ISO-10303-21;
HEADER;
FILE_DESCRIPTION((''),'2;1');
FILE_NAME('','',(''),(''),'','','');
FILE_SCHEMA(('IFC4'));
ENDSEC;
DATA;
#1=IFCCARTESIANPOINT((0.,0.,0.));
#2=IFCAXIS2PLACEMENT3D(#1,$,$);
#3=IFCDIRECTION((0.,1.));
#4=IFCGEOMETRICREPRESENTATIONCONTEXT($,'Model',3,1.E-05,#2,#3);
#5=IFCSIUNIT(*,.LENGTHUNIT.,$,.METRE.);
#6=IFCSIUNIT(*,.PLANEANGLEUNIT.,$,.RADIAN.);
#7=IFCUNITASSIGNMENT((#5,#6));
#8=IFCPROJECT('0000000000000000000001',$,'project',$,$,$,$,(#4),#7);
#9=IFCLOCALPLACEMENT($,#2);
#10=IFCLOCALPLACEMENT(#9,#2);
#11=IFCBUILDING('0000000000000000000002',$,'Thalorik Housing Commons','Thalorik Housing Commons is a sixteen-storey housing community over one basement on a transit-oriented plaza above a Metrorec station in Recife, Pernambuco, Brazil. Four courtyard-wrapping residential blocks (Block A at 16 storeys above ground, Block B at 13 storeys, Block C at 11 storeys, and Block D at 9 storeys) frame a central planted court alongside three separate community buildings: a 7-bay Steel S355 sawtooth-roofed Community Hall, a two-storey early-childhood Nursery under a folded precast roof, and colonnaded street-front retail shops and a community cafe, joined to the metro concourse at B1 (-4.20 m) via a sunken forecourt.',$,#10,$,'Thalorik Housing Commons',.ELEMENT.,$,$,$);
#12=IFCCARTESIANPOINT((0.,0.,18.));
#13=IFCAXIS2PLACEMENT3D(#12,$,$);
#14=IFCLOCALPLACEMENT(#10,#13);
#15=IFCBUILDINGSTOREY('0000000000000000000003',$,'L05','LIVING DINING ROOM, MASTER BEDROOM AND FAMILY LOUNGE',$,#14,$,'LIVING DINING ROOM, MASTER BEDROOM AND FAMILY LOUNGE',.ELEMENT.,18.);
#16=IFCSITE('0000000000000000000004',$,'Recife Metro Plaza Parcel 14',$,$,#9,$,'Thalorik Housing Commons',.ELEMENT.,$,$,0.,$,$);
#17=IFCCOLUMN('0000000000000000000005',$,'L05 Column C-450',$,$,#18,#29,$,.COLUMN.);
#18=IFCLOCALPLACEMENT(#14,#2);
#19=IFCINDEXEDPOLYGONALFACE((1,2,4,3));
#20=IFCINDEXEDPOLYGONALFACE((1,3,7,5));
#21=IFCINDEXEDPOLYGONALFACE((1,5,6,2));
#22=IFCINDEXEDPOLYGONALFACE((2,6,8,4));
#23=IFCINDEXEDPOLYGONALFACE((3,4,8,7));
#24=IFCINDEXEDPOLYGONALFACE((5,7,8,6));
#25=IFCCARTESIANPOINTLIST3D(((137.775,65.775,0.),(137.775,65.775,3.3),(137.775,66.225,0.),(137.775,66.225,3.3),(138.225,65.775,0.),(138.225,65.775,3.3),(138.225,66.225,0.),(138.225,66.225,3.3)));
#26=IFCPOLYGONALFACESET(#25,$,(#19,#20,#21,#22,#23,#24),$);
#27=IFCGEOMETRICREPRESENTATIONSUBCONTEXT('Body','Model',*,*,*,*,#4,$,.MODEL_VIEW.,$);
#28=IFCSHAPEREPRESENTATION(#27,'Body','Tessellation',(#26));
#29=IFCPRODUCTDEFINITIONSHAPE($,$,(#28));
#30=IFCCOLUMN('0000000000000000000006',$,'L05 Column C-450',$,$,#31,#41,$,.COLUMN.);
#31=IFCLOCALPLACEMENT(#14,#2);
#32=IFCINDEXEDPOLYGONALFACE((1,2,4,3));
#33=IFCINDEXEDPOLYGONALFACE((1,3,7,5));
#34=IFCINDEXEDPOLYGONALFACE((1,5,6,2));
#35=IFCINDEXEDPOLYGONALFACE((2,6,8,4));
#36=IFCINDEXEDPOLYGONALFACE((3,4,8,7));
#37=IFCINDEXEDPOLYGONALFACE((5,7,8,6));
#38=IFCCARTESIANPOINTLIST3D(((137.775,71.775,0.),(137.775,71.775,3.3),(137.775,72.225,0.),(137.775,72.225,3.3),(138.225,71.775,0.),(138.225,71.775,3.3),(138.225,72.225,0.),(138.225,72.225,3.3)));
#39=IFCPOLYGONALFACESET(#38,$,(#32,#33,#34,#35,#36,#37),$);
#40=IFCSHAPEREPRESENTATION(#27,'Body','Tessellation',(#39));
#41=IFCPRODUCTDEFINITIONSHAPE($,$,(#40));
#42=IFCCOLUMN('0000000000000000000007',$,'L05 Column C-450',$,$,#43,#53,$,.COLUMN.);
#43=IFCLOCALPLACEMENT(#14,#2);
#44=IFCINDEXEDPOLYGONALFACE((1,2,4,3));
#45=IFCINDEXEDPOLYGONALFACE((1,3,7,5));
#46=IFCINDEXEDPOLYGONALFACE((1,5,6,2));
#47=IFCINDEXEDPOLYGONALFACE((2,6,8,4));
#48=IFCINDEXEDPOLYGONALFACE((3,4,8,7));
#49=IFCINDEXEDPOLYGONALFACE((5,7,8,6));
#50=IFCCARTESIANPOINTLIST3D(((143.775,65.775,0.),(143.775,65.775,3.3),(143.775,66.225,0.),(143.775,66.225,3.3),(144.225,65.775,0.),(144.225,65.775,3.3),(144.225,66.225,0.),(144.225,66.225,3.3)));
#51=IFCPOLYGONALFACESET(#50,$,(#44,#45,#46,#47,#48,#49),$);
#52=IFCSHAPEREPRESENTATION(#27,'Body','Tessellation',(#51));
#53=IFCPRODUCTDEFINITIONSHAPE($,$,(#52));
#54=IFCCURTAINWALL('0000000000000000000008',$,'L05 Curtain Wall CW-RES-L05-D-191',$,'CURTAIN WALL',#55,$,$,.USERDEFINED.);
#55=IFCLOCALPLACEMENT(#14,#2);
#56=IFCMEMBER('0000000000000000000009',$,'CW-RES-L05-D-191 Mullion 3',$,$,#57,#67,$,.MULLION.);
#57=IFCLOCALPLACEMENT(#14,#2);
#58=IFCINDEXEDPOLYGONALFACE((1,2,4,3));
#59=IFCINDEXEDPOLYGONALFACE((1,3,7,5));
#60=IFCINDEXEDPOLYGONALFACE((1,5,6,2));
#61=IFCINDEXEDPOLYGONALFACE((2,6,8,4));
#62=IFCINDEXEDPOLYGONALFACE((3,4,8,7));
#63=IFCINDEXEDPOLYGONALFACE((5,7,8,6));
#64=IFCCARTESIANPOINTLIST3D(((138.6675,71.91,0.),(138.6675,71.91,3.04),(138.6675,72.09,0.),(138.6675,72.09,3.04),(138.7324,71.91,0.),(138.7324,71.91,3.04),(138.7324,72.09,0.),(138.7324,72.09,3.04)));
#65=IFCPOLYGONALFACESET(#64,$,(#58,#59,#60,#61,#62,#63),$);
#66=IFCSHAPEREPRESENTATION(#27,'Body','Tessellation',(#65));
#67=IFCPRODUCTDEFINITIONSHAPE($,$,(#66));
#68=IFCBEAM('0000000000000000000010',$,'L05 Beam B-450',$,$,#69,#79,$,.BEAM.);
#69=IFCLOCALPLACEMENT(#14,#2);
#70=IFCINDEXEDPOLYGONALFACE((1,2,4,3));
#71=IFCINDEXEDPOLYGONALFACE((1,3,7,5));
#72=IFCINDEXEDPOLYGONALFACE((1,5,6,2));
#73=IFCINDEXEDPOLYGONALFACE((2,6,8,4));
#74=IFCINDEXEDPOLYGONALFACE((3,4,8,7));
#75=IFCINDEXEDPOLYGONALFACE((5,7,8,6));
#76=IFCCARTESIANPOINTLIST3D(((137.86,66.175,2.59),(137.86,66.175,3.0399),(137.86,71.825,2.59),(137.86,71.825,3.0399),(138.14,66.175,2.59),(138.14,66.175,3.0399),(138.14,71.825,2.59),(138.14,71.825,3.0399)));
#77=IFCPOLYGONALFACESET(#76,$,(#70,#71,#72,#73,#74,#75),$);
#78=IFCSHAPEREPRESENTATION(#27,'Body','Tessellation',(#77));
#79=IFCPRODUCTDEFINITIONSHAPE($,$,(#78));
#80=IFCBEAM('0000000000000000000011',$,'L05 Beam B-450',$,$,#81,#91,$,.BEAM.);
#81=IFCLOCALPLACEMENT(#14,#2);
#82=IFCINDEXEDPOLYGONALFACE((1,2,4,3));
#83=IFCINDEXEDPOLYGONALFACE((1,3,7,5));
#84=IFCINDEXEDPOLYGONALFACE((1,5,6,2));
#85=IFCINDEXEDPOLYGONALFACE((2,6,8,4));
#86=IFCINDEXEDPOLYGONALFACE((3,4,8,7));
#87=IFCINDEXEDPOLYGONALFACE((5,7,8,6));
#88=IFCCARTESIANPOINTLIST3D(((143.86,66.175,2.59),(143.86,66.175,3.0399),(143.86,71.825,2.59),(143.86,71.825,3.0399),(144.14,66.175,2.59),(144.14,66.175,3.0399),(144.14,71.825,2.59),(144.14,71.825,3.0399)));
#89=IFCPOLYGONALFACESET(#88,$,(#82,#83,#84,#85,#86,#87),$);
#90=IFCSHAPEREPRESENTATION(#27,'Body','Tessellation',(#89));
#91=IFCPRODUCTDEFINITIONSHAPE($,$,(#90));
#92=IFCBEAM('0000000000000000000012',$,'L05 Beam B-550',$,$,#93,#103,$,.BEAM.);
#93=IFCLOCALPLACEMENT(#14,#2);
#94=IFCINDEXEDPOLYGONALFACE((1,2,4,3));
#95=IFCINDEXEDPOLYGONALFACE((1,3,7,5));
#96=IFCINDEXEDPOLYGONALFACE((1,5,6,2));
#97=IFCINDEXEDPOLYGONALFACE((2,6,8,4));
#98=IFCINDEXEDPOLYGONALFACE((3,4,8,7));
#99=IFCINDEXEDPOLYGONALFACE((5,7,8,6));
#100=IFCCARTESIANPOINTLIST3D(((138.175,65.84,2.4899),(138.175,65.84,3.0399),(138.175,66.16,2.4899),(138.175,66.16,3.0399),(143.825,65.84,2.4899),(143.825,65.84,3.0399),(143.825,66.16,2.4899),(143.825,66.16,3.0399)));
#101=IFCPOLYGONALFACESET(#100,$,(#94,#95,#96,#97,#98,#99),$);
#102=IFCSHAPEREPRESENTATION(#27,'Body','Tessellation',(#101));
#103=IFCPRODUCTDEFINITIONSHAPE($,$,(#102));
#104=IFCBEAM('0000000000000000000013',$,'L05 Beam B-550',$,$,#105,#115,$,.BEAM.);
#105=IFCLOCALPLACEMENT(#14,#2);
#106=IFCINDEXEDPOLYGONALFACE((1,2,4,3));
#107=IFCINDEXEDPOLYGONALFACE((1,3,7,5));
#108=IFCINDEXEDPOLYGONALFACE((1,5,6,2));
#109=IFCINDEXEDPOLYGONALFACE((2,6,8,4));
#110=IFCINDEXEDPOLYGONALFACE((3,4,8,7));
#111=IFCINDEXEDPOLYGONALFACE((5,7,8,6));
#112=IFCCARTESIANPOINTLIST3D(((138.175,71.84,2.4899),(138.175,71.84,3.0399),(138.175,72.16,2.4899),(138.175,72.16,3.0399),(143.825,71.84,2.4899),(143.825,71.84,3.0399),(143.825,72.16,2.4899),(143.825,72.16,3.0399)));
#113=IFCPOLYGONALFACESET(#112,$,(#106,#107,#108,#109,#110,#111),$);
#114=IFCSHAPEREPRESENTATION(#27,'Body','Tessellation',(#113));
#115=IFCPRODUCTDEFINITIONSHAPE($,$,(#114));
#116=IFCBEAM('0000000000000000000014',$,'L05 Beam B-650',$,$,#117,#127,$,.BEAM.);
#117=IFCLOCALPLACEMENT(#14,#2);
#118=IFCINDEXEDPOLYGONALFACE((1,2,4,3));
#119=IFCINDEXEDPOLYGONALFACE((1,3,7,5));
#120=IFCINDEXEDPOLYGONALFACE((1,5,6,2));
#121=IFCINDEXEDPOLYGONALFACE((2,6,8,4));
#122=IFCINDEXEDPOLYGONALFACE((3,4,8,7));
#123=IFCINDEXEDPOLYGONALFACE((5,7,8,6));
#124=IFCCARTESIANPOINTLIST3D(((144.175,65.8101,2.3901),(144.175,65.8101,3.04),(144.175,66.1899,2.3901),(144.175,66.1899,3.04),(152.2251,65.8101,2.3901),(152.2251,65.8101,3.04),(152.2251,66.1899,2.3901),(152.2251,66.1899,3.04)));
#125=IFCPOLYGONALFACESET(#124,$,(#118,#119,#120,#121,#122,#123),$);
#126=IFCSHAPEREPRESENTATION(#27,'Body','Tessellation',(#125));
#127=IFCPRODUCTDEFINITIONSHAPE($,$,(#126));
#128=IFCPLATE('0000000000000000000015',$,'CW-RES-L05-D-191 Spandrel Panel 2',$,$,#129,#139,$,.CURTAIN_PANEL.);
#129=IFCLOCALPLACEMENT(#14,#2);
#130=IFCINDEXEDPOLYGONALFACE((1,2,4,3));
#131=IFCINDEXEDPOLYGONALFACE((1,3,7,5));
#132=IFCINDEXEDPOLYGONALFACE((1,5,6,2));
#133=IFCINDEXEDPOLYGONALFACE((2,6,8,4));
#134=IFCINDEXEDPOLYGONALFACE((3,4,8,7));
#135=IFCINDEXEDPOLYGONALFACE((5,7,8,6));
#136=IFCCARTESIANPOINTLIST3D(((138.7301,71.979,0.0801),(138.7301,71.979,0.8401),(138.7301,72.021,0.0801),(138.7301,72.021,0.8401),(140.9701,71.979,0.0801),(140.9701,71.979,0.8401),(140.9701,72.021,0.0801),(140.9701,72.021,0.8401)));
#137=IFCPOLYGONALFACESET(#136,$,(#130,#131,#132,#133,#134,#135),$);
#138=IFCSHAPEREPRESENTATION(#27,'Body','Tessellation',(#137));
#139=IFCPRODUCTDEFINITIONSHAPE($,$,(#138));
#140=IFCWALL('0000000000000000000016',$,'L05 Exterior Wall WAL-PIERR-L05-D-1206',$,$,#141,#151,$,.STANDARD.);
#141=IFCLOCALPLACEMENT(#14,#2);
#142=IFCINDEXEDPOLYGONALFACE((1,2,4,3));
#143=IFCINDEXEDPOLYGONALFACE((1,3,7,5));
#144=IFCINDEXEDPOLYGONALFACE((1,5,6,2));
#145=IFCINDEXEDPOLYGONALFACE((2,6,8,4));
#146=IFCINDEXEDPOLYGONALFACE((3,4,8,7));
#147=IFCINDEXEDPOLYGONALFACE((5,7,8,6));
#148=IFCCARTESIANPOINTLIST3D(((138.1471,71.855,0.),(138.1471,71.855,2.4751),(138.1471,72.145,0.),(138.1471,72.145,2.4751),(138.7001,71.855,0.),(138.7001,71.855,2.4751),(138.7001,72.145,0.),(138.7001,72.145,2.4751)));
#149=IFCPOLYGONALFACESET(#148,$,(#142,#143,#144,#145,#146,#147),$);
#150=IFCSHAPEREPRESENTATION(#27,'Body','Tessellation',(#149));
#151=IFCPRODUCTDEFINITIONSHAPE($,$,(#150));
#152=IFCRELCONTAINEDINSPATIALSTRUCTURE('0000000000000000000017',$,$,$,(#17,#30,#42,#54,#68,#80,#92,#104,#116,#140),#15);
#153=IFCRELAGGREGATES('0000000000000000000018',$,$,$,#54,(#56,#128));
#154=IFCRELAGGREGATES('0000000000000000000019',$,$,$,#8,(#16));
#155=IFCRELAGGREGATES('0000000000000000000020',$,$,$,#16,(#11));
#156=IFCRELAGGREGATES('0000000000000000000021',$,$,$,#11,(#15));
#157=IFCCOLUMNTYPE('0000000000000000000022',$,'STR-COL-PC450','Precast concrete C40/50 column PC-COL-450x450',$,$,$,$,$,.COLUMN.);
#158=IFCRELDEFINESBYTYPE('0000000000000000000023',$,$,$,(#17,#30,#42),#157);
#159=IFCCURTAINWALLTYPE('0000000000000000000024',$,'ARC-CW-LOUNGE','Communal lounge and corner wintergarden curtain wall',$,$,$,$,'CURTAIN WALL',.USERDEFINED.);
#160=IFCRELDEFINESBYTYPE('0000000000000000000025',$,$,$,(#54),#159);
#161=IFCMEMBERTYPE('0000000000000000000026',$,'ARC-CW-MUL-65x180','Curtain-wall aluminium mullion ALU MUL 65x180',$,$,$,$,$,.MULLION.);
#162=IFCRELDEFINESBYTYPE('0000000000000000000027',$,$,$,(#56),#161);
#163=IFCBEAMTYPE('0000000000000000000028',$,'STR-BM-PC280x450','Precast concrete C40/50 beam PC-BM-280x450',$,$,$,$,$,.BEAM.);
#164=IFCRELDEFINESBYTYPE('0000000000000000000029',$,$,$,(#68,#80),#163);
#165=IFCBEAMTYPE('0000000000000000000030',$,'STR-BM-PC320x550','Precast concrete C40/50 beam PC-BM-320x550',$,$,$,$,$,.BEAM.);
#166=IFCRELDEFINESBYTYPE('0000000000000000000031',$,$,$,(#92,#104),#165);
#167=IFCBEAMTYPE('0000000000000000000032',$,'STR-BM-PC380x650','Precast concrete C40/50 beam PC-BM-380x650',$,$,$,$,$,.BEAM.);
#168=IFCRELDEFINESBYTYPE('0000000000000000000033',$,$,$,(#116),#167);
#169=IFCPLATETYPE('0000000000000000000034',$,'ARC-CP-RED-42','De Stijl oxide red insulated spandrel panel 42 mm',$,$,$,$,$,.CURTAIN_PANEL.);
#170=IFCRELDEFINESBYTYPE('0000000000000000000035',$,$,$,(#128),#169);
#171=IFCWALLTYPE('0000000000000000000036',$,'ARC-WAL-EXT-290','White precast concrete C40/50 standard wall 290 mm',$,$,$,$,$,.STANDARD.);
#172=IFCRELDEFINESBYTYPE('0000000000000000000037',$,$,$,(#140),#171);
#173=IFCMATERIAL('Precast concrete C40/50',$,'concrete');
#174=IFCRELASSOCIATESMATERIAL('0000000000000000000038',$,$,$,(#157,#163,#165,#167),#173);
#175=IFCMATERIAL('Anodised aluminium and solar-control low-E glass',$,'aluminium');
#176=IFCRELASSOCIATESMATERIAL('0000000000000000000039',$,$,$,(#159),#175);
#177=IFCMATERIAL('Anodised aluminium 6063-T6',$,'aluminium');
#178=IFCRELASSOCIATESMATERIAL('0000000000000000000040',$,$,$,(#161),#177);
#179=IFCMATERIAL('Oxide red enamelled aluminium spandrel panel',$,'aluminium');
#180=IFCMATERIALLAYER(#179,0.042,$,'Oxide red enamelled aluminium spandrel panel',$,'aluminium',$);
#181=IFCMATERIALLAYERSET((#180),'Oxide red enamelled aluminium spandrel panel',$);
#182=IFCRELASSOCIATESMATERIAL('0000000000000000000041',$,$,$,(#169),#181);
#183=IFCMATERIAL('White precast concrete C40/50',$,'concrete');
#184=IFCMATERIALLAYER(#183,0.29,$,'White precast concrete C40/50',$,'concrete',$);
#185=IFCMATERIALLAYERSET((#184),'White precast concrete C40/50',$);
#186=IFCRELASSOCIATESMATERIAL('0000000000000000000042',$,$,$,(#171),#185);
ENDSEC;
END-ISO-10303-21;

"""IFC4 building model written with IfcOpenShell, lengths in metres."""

from ifc_helpers import new_model, si_unit, direction, frame, frame_2d, origin, origin_2d, place, context, subcontext, project, spatial, rectangle, extrude, material, layer, layer_set, material_profile, profile_set, type_object, element, aggregate, save


model = new_model("IFC4")

# Units and contexts
model_context = context("Model", 3, precision=1e-05, world=origin(), true_north=direction((0.0, 1.0)))
body_context = subcontext(model_context, "Body", "Model", "MODEL_VIEW")
ifc_project = project(units=[si_unit("LENGTHUNIT", "METRE"), si_unit("PLANEANGLEUNIT", "RADIAN")], contexts=[model_context])

# Site, building, storey
site_placement = place(None, origin())
site = spatial("IfcSite", under=ifc_project, at=site_placement, Name="Recife Metro Plaza Parcel 14", LongName="Thalorik Housing Commons", CompositionType="ELEMENT", RefElevation=0.0)
building_placement = place(site_placement, origin())
building = spatial("IfcBuilding", under=site, at=building_placement, Name="Thalorik Housing Commons", Description="Thalorik Housing Commons is a sixteen-storey housing community over one basement on a transit-oriented plaza above a Metrorec station in Recife, Pernambuco, Brazil. Four courtyard-wrapping residential blocks (Block A at 16 storeys above ground, Block B at 13 storeys, Block C at 11 storeys, and Block D at 9 storeys) frame a central planted court alongside three separate community buildings: a 7-bay Steel S355 sawtooth-roofed Community Hall, a two-storey early-childhood Nursery under a folded precast roof, and colonnaded street-front retail shops and a community cafe, joined to the metro concourse at B1 (-4.20 m) via a sunken forecourt.", LongName="Thalorik Housing Commons", CompositionType="ELEMENT")
storey_placement = place(building_placement, frame((0.0, 0.0, 18.0)))
storey = spatial("IfcBuildingStorey", under=building, at=storey_placement, Name="L05", Description="LIVING DINING ROOM, MASTER BEDROOM AND FAMILY LOUNGE", LongName="LIVING DINING ROOM, MASTER BEDROOM AND FAMILY LOUNGE", CompositionType="ELEMENT", Elevation=18.0)

# Columns
ifc_material_1 = material(Name="Precast concrete C40/50", Category="concrete")
ifc_material_profile_1 = material_profile(ifc_material_1, rectangle(XDim=0.45, YDim=0.45, at=origin_2d()), Name="PC 450x450", Category="concrete")
ifc_profile_set_1 = profile_set([ifc_material_profile_1], Name="Precast concrete C40/50")
column_type = type_object("IfcColumnType", Name="STR-COL-PC450", Description="Precast concrete C40/50 column PC-COL-450x450", PredefinedType="COLUMN", material=ifc_profile_set_1)
for number, where, z_axis, x_axis, name in (
    (1, (138.0, 66.0, 0.0), (0.0, 0.0, 1.0), (1.0, 0.0, 0.0), "L05 Column C-450"),
    (2, (138.0, 72.0, 0.0), (0.0, 0.0, 1.0), (1.0, 0.0, 0.0), "L05 Column C-450"),
    (3, (144.0, 66.0, 0.0), (0.0, 0.0, 1.0), (1.0, 0.0, 0.0), "L05 Column C-450"),
):
    element("IfcColumn", number, at=place(storey_placement, frame(where, z_axis=z_axis, x_axis=x_axis)), inside=storey, type_object=column_type, Name=name, PredefinedType="COLUMN", context=body_context, shape_type="SweptSolid", body=[
        extrude(rectangle(XDim=0.45, YDim=0.45, at=origin_2d()), origin(), (0.0, 0.0, 1.0), 3.3),
    ])

# Curtain wall, member
ifc_material_2 = material(Name="Anodised aluminium and solar-control low-E glass", Category="aluminium")
curtain_wall_type = type_object("IfcCurtainWallType", Name="ARC-CW-LOUNGE", Description="Communal lounge and corner wintergarden curtain wall", ElementType="CURTAIN WALL", PredefinedType="USERDEFINED", material=ifc_material_2)
curtain_wall_placement = place(storey_placement, origin())
curtain_wall = element("IfcCurtainWall", 4, at=curtain_wall_placement, inside=storey, type_object=curtain_wall_type, Name="L05 Curtain Wall CW-RES-L05-D-191", ObjectType="CURTAIN WALL", PredefinedType="USERDEFINED")
ifc_material_3 = material(Name="Anodised aluminium 6063-T6", Category="aluminium")
ifc_material_profile_2 = material_profile(ifc_material_3, rectangle(XDim=0.0649, YDim=0.1799, at=origin_2d()), Name="ALU MUL 65x180", Category="aluminium")
ifc_profile_set_2 = profile_set([ifc_material_profile_2], Name="Anodised aluminium 6063-T6")
member_type = type_object("IfcMemberType", Name="ARC-CW-MUL-65x180", Description="Curtain-wall aluminium mullion ALU MUL 65x180", PredefinedType="MULLION", material=ifc_profile_set_2)
member_placement = place(storey_placement, frame((138.7, 72.0, 0.0), z_axis=(0.0, 0.0, 1.0), x_axis=(-1.0, 0.0, 0.0)))
member = element("IfcMember", 5, at=member_placement, type_object=member_type, Name="CW-RES-L05-D-191 Mullion 3", PredefinedType="MULLION", context=body_context, shape_type="SweptSolid", body=[
    extrude(rectangle(XDim=0.0649, YDim=0.1799, at=origin_2d()), origin(), (0.0, 0.0, 1.0), 3.04),
])

# Beams
ifc_material_profile_3 = material_profile(ifc_material_1, rectangle(XDim=0.28, YDim=0.45, at=origin_2d()), Name="PC 280x450", Category="concrete")
ifc_profile_set_3 = profile_set([ifc_material_profile_3], Name="Precast concrete C40/50")
beam_type_1 = type_object("IfcBeamType", Name="STR-BM-PC280x450", Description="Precast concrete C40/50 beam PC-BM-280x450", PredefinedType="BEAM", material=ifc_profile_set_3)
for number, where, z_axis, x_axis, name in (
    (6, (138.0, 66.175, 2.8149), (0.0, 1.0, 0.0), (-1.0, 0.0, 0.0), "L05 Beam B-450"),
    (7, (144.0, 66.175, 2.8149), (0.0, 1.0, 0.0), (-1.0, 0.0, 0.0), "L05 Beam B-450"),
):
    element("IfcBeam", number, at=place(storey_placement, frame(where, z_axis=z_axis, x_axis=x_axis)), inside=storey, type_object=beam_type_1, Name=name, PredefinedType="BEAM", context=body_context, shape_type="SweptSolid", body=[
        extrude(rectangle(XDim=0.28, YDim=0.45, at=origin_2d()), origin(), (0.0, 0.0, 1.0), 5.6499),
    ])
ifc_material_profile_4 = material_profile(ifc_material_1, rectangle(XDim=0.3201, YDim=0.55, at=origin_2d()), Name="PC 320x550", Category="concrete")
ifc_profile_set_4 = profile_set([ifc_material_profile_4], Name="Precast concrete C40/50")
beam_type_2 = type_object("IfcBeamType", Name="STR-BM-PC320x550", Description="Precast concrete C40/50 beam PC-BM-320x550", PredefinedType="BEAM", material=ifc_profile_set_4)
for number, where, z_axis, x_axis, name in (
    (8, (138.175, 66.0, 2.7649), (1.0, 0.0, 0.0), (0.0, 1.0, 0.0), "L05 Beam B-550"),
    (9, (138.175, 72.0, 2.7649), (1.0, 0.0, 0.0), (0.0, 1.0, 0.0), "L05 Beam B-550"),
):
    element("IfcBeam", number, at=place(storey_placement, frame(where, z_axis=z_axis, x_axis=x_axis)), inside=storey, type_object=beam_type_2, Name=name, PredefinedType="BEAM", context=body_context, shape_type="SweptSolid", body=[
        extrude(rectangle(XDim=0.3201, YDim=0.55, at=origin_2d()), origin(), (0.0, 0.0, 1.0), 5.6499),
    ])
ifc_material_profile_5 = material_profile(ifc_material_1, rectangle(XDim=0.3799, YDim=0.6499, at=origin_2d()), Name="PC 380x650", Category="concrete")
ifc_profile_set_5 = profile_set([ifc_material_profile_5], Name="Precast concrete C40/50")
beam_type_3 = type_object("IfcBeamType", Name="STR-BM-PC380x650", Description="Precast concrete C40/50 beam PC-BM-380x650", PredefinedType="BEAM", material=ifc_profile_set_5)
beam_placement = place(storey_placement, frame((144.175, 66.0, 2.7151), z_axis=(1.0, 0.0, 0.0), x_axis=(0.0, 1.0, 0.0)))
element("IfcBeam", 10, at=beam_placement, inside=storey, type_object=beam_type_3, Name="L05 Beam B-650", PredefinedType="BEAM", context=body_context, shape_type="SweptSolid", body=[
    extrude(rectangle(XDim=0.3799, YDim=0.6499, at=origin_2d()), origin(), (0.0, 0.0, 1.0), 8.05),
])

# Plate
ifc_material_4 = material(Name="Oxide red enamelled aluminium spandrel panel", Category="aluminium")
ifc_layer_1 = layer(ifc_material_4, 0.042, Name="Oxide red enamelled aluminium spandrel panel", Category="aluminium")
ifc_layer_set_1 = layer_set([ifc_layer_1], Name="Oxide red enamelled aluminium spandrel panel")
plate_type = type_object("IfcPlateType", Name="ARC-CP-RED-42", Description="De Stijl oxide red insulated spandrel panel 42 mm", PredefinedType="CURTAIN_PANEL", material=ifc_layer_set_1)
plate_placement = place(storey_placement, frame((139.8501, 72.0, 0.0801), z_axis=(0.0, 0.0, 1.0), x_axis=(-1.0, 0.0, 0.0)))
plate = element("IfcPlate", 11, at=plate_placement, type_object=plate_type, Name="CW-RES-L05-D-191 Spandrel Panel 2", PredefinedType="CURTAIN_PANEL", context=body_context, shape_type="SweptSolid", body=[
    extrude(rectangle(XDim=2.24, YDim=0.042, at=origin_2d()), origin(), (0.0, 0.0, 1.0), 0.76),
])
aggregate(curtain_wall, [member, plate])

# Wall
ifc_material_5 = material(Name="White precast concrete C40/50", Category="concrete")
ifc_layer_2 = layer(ifc_material_5, 0.29, Name="White precast concrete C40/50", Category="concrete")
ifc_layer_set_2 = layer_set([ifc_layer_2], Name="White precast concrete C40/50")
wall_type_1 = type_object("IfcWallType", Name="ARC-WAL-EXT-290", Description="White precast concrete C40/50 standard wall 290 mm", PredefinedType="STANDARD", material=ifc_layer_set_2)
wall_1_placement = place(storey_placement, frame((138.7, 72.0, 0.0), z_axis=(0.0, 0.0, 1.0), x_axis=(-1.0, 0.0, 0.0)))
element("IfcWall", 12, at=wall_1_placement, inside=storey, type_object=wall_type_1, Name="L05 Exterior Wall WAL-PIERR-L05-D-1206", PredefinedType="STANDARD", context=body_context, shape_type="SweptSolid", body=[
    extrude(rectangle(XDim=0.553, YDim=0.29, at=frame_2d((0.2764, 0.0))), origin(), (0.0, 0.0, 1.0), 2.4751),
])

save(model, "model.ifc")
